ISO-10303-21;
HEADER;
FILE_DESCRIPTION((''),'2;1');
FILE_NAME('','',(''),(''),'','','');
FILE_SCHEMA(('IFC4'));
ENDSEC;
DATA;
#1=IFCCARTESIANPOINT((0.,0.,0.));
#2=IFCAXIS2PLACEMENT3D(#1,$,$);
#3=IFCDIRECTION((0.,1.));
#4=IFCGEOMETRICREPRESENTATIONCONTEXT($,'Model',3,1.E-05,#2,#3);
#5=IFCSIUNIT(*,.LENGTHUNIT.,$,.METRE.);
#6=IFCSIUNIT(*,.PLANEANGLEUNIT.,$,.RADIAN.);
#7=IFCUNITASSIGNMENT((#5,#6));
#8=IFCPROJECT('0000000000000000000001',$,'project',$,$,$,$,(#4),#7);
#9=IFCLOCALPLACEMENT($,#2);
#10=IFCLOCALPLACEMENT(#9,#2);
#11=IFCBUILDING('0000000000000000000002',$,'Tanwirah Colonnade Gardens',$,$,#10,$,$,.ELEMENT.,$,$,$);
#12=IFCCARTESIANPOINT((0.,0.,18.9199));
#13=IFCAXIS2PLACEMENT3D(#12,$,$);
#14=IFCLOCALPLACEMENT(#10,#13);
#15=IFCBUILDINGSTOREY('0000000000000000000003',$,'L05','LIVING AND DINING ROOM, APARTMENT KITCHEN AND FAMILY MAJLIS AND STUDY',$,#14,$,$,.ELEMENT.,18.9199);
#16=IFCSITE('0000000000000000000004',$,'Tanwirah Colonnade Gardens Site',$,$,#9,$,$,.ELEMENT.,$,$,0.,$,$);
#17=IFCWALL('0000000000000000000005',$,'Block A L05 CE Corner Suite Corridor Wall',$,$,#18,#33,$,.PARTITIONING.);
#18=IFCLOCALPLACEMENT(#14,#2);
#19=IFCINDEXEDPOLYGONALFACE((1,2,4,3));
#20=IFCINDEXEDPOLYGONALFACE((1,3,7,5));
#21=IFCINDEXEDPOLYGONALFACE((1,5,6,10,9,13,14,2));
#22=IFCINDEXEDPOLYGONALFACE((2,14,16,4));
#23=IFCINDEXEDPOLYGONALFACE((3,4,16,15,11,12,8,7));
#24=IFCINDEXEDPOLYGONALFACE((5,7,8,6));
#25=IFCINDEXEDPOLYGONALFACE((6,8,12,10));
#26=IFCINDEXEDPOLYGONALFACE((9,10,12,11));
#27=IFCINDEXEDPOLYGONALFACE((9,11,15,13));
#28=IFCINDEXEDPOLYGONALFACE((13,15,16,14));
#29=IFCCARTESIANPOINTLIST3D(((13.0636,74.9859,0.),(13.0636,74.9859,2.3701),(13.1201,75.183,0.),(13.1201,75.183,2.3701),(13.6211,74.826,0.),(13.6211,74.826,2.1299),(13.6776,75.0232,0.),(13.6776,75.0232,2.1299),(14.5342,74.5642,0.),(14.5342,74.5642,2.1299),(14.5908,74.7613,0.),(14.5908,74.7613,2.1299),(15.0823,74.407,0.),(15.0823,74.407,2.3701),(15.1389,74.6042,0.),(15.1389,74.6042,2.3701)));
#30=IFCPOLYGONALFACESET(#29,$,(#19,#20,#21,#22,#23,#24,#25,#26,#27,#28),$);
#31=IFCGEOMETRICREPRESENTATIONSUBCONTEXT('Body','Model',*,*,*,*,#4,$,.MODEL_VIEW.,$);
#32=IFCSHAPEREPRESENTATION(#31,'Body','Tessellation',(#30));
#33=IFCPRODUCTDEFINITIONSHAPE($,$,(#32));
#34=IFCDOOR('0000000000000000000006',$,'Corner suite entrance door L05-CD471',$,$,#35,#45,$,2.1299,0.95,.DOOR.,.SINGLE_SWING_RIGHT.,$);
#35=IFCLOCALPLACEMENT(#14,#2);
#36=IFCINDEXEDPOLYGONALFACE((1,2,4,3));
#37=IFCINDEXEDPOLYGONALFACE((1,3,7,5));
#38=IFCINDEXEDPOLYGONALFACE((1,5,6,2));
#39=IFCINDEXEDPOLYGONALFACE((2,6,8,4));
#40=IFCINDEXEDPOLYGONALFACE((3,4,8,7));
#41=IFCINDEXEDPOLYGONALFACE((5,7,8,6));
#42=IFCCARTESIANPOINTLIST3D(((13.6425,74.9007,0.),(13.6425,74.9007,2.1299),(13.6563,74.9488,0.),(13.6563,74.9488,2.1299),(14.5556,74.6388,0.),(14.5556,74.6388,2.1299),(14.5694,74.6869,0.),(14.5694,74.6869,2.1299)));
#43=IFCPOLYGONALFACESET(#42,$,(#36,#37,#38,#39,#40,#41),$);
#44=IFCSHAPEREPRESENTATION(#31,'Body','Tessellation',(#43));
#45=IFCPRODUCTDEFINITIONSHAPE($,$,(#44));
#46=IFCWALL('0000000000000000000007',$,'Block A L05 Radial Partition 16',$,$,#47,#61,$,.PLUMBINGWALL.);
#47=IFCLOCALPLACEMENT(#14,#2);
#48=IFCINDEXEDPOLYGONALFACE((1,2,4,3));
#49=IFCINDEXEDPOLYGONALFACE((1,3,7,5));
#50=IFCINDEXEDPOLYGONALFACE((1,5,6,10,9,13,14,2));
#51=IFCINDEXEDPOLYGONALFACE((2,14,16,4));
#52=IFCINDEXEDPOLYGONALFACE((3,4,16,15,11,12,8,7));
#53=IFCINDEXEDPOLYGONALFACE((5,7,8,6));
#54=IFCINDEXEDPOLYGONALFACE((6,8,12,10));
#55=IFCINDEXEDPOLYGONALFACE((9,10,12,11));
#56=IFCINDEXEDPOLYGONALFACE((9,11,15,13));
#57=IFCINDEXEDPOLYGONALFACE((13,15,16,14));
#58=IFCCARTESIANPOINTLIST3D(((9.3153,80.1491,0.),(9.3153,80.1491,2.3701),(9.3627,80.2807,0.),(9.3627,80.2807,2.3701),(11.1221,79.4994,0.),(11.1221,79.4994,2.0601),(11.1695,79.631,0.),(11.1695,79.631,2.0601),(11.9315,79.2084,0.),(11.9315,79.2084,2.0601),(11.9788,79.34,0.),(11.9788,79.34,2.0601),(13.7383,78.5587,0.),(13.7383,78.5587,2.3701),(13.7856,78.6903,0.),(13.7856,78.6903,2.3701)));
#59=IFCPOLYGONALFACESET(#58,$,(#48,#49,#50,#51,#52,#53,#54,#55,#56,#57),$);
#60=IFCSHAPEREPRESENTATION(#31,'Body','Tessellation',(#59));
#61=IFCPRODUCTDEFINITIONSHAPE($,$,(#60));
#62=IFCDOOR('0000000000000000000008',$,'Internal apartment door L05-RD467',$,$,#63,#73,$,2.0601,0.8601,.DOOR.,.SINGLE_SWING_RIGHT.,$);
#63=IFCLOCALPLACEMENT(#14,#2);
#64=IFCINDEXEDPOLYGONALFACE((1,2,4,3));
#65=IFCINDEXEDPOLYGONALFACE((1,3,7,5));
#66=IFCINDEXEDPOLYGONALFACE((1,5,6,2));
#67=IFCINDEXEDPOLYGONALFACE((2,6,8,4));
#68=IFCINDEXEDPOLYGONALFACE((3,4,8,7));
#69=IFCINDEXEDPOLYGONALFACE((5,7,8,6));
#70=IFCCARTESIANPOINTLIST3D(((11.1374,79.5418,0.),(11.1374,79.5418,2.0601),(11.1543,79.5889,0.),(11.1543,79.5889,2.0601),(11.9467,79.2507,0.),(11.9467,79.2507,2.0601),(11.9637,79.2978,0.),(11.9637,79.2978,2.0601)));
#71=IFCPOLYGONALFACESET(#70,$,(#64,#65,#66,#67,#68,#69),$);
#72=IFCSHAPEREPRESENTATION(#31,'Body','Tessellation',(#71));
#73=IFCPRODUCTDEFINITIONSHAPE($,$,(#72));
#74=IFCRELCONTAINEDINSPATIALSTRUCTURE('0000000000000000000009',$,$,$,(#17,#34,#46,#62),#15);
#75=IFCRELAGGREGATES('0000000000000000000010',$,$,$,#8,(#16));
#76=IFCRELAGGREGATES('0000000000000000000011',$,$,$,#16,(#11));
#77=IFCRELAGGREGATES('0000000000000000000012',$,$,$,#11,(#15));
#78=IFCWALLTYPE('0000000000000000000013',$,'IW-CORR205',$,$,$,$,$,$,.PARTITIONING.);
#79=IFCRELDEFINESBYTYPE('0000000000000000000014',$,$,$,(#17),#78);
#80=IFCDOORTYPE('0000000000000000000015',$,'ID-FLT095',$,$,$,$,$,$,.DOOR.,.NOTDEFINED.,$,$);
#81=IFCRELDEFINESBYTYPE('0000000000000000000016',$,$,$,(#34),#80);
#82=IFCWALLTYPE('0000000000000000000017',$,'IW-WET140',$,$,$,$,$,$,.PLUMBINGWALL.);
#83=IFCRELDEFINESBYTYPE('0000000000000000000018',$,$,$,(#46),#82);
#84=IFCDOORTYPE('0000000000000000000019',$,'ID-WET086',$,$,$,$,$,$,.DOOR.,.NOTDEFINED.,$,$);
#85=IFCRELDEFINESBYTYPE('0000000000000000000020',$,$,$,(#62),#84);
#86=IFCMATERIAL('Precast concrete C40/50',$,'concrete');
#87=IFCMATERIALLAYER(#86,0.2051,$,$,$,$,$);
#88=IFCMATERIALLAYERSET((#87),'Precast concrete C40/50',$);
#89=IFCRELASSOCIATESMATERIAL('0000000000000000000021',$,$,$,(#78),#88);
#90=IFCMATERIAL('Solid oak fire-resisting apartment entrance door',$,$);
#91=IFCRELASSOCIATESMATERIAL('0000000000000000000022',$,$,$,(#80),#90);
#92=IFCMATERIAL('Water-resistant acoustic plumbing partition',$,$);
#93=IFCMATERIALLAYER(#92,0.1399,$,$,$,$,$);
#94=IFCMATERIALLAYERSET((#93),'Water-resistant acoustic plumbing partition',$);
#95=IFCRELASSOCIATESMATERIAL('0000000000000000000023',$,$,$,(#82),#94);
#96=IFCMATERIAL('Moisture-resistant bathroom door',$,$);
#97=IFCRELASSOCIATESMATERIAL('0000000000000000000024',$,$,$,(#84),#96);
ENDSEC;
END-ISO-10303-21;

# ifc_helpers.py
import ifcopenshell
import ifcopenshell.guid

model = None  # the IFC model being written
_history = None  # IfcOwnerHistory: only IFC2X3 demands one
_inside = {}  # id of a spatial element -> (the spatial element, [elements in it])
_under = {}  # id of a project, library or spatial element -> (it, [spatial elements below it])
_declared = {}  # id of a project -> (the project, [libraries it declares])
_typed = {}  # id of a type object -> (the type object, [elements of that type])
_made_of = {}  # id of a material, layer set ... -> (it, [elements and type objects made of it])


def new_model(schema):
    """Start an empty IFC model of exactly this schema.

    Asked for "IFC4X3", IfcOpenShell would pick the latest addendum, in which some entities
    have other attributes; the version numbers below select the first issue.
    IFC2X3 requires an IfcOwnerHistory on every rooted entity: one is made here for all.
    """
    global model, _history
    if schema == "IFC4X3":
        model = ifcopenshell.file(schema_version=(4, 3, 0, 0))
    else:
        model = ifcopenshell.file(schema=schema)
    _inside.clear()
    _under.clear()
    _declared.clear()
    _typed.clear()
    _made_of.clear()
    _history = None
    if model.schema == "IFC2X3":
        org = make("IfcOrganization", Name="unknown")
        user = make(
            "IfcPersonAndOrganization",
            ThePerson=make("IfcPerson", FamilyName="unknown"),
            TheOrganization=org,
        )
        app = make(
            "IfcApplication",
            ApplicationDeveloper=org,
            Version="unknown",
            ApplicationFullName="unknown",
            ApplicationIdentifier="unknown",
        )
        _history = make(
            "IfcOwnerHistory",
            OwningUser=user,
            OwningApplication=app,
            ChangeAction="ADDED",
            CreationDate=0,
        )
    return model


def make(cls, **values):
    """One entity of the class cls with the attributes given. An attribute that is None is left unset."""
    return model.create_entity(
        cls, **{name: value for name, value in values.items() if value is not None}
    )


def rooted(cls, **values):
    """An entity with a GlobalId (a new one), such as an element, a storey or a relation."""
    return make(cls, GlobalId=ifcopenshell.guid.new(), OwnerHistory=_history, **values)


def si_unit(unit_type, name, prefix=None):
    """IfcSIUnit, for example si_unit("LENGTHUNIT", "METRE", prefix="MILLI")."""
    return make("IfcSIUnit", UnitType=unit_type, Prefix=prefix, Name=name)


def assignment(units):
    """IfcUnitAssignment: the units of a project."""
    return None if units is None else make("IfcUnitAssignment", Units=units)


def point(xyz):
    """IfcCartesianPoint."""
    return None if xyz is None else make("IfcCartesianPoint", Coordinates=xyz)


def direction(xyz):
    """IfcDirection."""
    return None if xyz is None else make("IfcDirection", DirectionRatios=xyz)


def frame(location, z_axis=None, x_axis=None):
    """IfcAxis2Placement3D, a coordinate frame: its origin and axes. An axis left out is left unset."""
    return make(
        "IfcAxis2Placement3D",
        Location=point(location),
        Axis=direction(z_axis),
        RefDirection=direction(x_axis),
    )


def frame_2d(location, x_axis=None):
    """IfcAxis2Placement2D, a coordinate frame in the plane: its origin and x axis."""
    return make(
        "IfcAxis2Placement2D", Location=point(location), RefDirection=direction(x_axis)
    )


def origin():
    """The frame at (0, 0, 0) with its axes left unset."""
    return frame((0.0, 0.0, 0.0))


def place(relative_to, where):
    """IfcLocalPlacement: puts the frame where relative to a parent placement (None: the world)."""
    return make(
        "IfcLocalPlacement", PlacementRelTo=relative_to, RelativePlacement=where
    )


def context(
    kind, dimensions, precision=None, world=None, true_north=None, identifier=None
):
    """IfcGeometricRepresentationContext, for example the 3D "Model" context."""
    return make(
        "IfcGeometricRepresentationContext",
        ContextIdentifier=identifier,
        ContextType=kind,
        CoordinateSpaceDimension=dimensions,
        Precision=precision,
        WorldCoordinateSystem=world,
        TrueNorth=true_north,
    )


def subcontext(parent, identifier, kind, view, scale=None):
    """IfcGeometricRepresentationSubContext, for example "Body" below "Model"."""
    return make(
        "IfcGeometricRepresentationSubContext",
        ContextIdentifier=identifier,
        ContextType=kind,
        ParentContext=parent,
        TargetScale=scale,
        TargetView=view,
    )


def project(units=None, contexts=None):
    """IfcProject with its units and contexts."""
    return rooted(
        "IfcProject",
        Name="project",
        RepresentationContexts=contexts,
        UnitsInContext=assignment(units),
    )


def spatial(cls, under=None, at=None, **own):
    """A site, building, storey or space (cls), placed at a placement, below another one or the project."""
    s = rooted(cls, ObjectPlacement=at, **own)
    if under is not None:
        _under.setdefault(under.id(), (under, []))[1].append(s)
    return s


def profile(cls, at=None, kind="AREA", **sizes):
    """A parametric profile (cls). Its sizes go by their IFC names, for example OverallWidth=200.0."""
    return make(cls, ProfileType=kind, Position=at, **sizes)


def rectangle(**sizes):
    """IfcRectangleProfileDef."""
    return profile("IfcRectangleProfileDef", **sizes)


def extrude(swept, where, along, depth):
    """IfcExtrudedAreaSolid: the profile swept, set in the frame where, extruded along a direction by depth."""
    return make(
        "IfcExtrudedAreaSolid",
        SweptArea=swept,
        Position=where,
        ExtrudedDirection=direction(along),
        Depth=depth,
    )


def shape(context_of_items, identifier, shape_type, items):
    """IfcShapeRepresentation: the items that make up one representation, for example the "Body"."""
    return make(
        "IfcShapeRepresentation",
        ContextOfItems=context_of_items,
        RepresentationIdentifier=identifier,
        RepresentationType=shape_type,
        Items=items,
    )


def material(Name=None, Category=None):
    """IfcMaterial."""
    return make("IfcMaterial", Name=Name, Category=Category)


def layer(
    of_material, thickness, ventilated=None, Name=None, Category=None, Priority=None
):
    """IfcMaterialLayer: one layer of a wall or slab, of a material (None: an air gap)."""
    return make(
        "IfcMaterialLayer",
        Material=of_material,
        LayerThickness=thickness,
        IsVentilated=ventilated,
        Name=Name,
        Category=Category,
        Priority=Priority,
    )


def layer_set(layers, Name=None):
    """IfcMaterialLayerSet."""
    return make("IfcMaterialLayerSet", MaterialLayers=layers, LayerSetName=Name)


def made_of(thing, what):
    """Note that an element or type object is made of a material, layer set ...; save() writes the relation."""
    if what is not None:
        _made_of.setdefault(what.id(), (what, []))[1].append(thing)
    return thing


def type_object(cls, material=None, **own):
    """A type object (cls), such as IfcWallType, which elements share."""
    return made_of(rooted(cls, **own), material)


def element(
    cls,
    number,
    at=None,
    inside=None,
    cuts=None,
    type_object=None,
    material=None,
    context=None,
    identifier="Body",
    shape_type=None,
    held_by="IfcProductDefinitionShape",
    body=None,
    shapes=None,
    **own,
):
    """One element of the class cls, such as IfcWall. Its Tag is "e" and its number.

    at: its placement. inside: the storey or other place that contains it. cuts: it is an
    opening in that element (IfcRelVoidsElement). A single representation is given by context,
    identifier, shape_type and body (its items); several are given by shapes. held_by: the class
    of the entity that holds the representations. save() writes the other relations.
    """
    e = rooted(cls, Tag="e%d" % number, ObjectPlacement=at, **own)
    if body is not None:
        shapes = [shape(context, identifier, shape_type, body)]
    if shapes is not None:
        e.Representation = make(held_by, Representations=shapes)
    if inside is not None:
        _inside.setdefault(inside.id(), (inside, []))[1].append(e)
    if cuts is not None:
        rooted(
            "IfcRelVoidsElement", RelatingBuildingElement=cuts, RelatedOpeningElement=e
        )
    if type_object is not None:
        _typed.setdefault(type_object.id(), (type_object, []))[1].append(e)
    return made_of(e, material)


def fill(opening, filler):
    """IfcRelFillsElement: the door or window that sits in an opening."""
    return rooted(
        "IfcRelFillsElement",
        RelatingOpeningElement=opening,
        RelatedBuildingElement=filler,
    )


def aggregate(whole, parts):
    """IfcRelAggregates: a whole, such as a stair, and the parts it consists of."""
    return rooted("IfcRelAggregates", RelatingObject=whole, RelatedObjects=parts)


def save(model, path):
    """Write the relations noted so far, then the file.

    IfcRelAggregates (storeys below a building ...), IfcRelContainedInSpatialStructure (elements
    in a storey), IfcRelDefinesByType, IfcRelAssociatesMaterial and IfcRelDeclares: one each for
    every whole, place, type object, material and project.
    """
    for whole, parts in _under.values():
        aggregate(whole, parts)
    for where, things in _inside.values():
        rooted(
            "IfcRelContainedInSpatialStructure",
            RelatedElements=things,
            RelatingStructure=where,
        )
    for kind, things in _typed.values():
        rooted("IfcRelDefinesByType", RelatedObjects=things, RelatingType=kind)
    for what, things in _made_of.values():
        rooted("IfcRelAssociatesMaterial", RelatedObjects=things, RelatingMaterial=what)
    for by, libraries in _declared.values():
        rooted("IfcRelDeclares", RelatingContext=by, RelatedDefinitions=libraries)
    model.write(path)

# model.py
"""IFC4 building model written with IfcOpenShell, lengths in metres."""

from ifc_helpers import new_model, si_unit, direction, frame, frame_2d, origin, place, context, subcontext, project, spatial, rectangle, extrude, material, layer, layer_set, type_object, element, fill, save


model = new_model("IFC4")

# Units and contexts
model_context = context("Model", 3, precision=1e-05, world=origin(), true_north=direction((0.0, 1.0)))
body_context = subcontext(model_context, "Body", "Model", "MODEL_VIEW")
ifc_project = project(units=[si_unit("LENGTHUNIT", "METRE"), si_unit("PLANEANGLEUNIT", "RADIAN")], contexts=[model_context])

# Site, building, storey
site_placement = place(None, origin())
site = spatial("IfcSite", under=ifc_project, at=site_placement, Name="Tanwirah Colonnade Gardens Site", CompositionType="ELEMENT", RefElevation=0.0)
building_placement = place(site_placement, origin())
building = spatial("IfcBuilding", under=site, at=building_placement, Name="Tanwirah Colonnade Gardens", CompositionType="ELEMENT")
storey_placement = place(building_placement, frame((0.0, 0.0, 18.9199)))
storey = spatial("IfcBuildingStorey", under=building, at=storey_placement, Name="L05", Description="LIVING AND DINING ROOM, APARTMENT KITCHEN AND FAMILY MAJLIS AND STUDY", CompositionType="ELEMENT", Elevation=18.9199)

# Shared definitions
ifc_material_1 = material(Name="Precast concrete C40/50", Category="concrete")

# Walls, openings, doors
ifc_layer_1 = layer(ifc_material_1, 0.2051)
ifc_layer_set_1 = layer_set([ifc_layer_1], Name="Precast concrete C40/50")
wall_type_1 = type_object("IfcWallType", Name="IW-CORR205", PredefinedType="PARTITIONING", material=ifc_layer_set_1)
ifc_material_2 = material(Name="Solid oak fire-resisting apartment entrance door")
door_type_1 = type_object("IfcDoorType", Name="ID-FLT095", OperationType="NOTDEFINED", PredefinedType="DOOR", material=ifc_material_2)
wall_1_placement = place(storey_placement, frame((15.1106, 74.5056, 0.0), z_axis=(0.0, 0.0, 1.0), x_axis=(-0.961265, 0.275627, 0.0)))
wall_1 = element("IfcWall", 1, at=wall_1_placement, inside=storey, type_object=wall_type_1, Name="Block A L05 CE Corner Suite Corridor Wall", PredefinedType="PARTITIONING", context=body_context, shape_type="SweptSolid", body=[
    extrude(rectangle(XDim=2.1001, YDim=0.2051, at=frame_2d((1.05, 0.0))), origin(), (0.0, 0.0, 1.0), 2.3701),
])
opening_1_placement = place(wall_1_placement, frame((0.5701, 0.0, 0.0)))
opening_1 = element("IfcOpeningElement", 2, at=opening_1_placement, cuts=wall_1, PredefinedType="OPENING", context=body_context, shape_type="SweptSolid", body=[
    extrude(rectangle(XDim=0.95, YDim=2.1299, at=frame_2d((0.4751, 1.0649))), frame((0.0, 0.1125, 0.0), z_axis=(0.0, -1.0, 0.0), x_axis=(1.0, 0.0, 0.0)), (0.0, 0.0, 1.0), 0.2251),
])
door_1_placement = place(opening_1_placement, origin())
door_1 = element("IfcDoor", 3, at=door_1_placement, inside=storey, type_object=door_type_1, Name="Corner suite entrance door L05-CD471", OperationType="SINGLE_SWING_RIGHT", OverallHeight=2.1299, OverallWidth=0.95, PredefinedType="DOOR", context=body_context, shape_type="SweptSolid", body=[
    extrude(rectangle(XDim=0.95, YDim=2.1299, at=frame_2d((0.4751, 1.0649))), frame((0.0, 0.0249, 0.0), z_axis=(0.0, -1.0, 0.0), x_axis=(1.0, 0.0, 0.0)), (0.0, 0.0, 1.0), 0.05),
])
fill(opening_1, door_1)
ifc_material_3 = material(Name="Water-resistant acoustic plumbing partition")
ifc_layer_2 = layer(ifc_material_3, 0.1399)
ifc_layer_set_2 = layer_set([ifc_layer_2], Name="Water-resistant acoustic plumbing partition")
wall_type_2 = type_object("IfcWallType", Name="IW-WET140", PredefinedType="PLUMBINGWALL", material=ifc_layer_set_2)
wall_2_placement = place(storey_placement, frame((13.762, 78.6245, 0.0), z_axis=(0.0, 0.0, 1.0), x_axis=(-0.941016, 0.338363, 0.0)))
wall_2 = element("IfcWall", 4, at=wall_2_placement, inside=storey, type_object=wall_type_2, Name="Block A L05 Radial Partition 16", PredefinedType="PLUMBINGWALL", context=body_context, shape_type="SweptSolid", body=[
    extrude(rectangle(XDim=4.7002, YDim=0.1399, at=frame_2d((2.3501, 0.0))), origin(), (0.0, 0.0, 1.0), 2.3701),
])
opening_2_placement = place(wall_2_placement, frame((1.9199, 0.0, 0.0)))
opening_2 = element("IfcOpeningElement", 5, at=opening_2_placement, cuts=wall_2, PredefinedType="OPENING", context=body_context, shape_type="SweptSolid", body=[
    extrude(rectangle(XDim=0.8601, YDim=2.0601, at=frame_2d((0.4302, 1.03))), frame((0.0, 0.0798, 0.0), z_axis=(0.0, -1.0, 0.0), x_axis=(1.0, 0.0, 0.0)), (0.0, 0.0, 1.0), 0.1599),
])
ifc_material_4 = material(Name="Moisture-resistant bathroom door")
door_type_2 = type_object("IfcDoorType", Name="ID-WET086", OperationType="NOTDEFINED", PredefinedType="DOOR", material=ifc_material_4)
door_2_placement = place(opening_2_placement, origin())
door_2 = element("IfcDoor", 6, at=door_2_placement, inside=storey, type_object=door_type_2, Name="Internal apartment door L05-RD467", OperationType="SINGLE_SWING_RIGHT", OverallHeight=2.0601, OverallWidth=0.8601, PredefinedType="DOOR", context=body_context, shape_type="SweptSolid", body=[
    extrude(rectangle(XDim=0.8601, YDim=2.0601, at=frame_2d((0.4302, 1.03))), frame((0.0, 0.0249, 0.0), z_axis=(0.0, -1.0, 0.0), x_axis=(1.0, 0.0, 0.0)), (0.0, 0.0, 1.0), 0.05),
])
fill(opening_2, door_2)

save(model, "model.ifc")
